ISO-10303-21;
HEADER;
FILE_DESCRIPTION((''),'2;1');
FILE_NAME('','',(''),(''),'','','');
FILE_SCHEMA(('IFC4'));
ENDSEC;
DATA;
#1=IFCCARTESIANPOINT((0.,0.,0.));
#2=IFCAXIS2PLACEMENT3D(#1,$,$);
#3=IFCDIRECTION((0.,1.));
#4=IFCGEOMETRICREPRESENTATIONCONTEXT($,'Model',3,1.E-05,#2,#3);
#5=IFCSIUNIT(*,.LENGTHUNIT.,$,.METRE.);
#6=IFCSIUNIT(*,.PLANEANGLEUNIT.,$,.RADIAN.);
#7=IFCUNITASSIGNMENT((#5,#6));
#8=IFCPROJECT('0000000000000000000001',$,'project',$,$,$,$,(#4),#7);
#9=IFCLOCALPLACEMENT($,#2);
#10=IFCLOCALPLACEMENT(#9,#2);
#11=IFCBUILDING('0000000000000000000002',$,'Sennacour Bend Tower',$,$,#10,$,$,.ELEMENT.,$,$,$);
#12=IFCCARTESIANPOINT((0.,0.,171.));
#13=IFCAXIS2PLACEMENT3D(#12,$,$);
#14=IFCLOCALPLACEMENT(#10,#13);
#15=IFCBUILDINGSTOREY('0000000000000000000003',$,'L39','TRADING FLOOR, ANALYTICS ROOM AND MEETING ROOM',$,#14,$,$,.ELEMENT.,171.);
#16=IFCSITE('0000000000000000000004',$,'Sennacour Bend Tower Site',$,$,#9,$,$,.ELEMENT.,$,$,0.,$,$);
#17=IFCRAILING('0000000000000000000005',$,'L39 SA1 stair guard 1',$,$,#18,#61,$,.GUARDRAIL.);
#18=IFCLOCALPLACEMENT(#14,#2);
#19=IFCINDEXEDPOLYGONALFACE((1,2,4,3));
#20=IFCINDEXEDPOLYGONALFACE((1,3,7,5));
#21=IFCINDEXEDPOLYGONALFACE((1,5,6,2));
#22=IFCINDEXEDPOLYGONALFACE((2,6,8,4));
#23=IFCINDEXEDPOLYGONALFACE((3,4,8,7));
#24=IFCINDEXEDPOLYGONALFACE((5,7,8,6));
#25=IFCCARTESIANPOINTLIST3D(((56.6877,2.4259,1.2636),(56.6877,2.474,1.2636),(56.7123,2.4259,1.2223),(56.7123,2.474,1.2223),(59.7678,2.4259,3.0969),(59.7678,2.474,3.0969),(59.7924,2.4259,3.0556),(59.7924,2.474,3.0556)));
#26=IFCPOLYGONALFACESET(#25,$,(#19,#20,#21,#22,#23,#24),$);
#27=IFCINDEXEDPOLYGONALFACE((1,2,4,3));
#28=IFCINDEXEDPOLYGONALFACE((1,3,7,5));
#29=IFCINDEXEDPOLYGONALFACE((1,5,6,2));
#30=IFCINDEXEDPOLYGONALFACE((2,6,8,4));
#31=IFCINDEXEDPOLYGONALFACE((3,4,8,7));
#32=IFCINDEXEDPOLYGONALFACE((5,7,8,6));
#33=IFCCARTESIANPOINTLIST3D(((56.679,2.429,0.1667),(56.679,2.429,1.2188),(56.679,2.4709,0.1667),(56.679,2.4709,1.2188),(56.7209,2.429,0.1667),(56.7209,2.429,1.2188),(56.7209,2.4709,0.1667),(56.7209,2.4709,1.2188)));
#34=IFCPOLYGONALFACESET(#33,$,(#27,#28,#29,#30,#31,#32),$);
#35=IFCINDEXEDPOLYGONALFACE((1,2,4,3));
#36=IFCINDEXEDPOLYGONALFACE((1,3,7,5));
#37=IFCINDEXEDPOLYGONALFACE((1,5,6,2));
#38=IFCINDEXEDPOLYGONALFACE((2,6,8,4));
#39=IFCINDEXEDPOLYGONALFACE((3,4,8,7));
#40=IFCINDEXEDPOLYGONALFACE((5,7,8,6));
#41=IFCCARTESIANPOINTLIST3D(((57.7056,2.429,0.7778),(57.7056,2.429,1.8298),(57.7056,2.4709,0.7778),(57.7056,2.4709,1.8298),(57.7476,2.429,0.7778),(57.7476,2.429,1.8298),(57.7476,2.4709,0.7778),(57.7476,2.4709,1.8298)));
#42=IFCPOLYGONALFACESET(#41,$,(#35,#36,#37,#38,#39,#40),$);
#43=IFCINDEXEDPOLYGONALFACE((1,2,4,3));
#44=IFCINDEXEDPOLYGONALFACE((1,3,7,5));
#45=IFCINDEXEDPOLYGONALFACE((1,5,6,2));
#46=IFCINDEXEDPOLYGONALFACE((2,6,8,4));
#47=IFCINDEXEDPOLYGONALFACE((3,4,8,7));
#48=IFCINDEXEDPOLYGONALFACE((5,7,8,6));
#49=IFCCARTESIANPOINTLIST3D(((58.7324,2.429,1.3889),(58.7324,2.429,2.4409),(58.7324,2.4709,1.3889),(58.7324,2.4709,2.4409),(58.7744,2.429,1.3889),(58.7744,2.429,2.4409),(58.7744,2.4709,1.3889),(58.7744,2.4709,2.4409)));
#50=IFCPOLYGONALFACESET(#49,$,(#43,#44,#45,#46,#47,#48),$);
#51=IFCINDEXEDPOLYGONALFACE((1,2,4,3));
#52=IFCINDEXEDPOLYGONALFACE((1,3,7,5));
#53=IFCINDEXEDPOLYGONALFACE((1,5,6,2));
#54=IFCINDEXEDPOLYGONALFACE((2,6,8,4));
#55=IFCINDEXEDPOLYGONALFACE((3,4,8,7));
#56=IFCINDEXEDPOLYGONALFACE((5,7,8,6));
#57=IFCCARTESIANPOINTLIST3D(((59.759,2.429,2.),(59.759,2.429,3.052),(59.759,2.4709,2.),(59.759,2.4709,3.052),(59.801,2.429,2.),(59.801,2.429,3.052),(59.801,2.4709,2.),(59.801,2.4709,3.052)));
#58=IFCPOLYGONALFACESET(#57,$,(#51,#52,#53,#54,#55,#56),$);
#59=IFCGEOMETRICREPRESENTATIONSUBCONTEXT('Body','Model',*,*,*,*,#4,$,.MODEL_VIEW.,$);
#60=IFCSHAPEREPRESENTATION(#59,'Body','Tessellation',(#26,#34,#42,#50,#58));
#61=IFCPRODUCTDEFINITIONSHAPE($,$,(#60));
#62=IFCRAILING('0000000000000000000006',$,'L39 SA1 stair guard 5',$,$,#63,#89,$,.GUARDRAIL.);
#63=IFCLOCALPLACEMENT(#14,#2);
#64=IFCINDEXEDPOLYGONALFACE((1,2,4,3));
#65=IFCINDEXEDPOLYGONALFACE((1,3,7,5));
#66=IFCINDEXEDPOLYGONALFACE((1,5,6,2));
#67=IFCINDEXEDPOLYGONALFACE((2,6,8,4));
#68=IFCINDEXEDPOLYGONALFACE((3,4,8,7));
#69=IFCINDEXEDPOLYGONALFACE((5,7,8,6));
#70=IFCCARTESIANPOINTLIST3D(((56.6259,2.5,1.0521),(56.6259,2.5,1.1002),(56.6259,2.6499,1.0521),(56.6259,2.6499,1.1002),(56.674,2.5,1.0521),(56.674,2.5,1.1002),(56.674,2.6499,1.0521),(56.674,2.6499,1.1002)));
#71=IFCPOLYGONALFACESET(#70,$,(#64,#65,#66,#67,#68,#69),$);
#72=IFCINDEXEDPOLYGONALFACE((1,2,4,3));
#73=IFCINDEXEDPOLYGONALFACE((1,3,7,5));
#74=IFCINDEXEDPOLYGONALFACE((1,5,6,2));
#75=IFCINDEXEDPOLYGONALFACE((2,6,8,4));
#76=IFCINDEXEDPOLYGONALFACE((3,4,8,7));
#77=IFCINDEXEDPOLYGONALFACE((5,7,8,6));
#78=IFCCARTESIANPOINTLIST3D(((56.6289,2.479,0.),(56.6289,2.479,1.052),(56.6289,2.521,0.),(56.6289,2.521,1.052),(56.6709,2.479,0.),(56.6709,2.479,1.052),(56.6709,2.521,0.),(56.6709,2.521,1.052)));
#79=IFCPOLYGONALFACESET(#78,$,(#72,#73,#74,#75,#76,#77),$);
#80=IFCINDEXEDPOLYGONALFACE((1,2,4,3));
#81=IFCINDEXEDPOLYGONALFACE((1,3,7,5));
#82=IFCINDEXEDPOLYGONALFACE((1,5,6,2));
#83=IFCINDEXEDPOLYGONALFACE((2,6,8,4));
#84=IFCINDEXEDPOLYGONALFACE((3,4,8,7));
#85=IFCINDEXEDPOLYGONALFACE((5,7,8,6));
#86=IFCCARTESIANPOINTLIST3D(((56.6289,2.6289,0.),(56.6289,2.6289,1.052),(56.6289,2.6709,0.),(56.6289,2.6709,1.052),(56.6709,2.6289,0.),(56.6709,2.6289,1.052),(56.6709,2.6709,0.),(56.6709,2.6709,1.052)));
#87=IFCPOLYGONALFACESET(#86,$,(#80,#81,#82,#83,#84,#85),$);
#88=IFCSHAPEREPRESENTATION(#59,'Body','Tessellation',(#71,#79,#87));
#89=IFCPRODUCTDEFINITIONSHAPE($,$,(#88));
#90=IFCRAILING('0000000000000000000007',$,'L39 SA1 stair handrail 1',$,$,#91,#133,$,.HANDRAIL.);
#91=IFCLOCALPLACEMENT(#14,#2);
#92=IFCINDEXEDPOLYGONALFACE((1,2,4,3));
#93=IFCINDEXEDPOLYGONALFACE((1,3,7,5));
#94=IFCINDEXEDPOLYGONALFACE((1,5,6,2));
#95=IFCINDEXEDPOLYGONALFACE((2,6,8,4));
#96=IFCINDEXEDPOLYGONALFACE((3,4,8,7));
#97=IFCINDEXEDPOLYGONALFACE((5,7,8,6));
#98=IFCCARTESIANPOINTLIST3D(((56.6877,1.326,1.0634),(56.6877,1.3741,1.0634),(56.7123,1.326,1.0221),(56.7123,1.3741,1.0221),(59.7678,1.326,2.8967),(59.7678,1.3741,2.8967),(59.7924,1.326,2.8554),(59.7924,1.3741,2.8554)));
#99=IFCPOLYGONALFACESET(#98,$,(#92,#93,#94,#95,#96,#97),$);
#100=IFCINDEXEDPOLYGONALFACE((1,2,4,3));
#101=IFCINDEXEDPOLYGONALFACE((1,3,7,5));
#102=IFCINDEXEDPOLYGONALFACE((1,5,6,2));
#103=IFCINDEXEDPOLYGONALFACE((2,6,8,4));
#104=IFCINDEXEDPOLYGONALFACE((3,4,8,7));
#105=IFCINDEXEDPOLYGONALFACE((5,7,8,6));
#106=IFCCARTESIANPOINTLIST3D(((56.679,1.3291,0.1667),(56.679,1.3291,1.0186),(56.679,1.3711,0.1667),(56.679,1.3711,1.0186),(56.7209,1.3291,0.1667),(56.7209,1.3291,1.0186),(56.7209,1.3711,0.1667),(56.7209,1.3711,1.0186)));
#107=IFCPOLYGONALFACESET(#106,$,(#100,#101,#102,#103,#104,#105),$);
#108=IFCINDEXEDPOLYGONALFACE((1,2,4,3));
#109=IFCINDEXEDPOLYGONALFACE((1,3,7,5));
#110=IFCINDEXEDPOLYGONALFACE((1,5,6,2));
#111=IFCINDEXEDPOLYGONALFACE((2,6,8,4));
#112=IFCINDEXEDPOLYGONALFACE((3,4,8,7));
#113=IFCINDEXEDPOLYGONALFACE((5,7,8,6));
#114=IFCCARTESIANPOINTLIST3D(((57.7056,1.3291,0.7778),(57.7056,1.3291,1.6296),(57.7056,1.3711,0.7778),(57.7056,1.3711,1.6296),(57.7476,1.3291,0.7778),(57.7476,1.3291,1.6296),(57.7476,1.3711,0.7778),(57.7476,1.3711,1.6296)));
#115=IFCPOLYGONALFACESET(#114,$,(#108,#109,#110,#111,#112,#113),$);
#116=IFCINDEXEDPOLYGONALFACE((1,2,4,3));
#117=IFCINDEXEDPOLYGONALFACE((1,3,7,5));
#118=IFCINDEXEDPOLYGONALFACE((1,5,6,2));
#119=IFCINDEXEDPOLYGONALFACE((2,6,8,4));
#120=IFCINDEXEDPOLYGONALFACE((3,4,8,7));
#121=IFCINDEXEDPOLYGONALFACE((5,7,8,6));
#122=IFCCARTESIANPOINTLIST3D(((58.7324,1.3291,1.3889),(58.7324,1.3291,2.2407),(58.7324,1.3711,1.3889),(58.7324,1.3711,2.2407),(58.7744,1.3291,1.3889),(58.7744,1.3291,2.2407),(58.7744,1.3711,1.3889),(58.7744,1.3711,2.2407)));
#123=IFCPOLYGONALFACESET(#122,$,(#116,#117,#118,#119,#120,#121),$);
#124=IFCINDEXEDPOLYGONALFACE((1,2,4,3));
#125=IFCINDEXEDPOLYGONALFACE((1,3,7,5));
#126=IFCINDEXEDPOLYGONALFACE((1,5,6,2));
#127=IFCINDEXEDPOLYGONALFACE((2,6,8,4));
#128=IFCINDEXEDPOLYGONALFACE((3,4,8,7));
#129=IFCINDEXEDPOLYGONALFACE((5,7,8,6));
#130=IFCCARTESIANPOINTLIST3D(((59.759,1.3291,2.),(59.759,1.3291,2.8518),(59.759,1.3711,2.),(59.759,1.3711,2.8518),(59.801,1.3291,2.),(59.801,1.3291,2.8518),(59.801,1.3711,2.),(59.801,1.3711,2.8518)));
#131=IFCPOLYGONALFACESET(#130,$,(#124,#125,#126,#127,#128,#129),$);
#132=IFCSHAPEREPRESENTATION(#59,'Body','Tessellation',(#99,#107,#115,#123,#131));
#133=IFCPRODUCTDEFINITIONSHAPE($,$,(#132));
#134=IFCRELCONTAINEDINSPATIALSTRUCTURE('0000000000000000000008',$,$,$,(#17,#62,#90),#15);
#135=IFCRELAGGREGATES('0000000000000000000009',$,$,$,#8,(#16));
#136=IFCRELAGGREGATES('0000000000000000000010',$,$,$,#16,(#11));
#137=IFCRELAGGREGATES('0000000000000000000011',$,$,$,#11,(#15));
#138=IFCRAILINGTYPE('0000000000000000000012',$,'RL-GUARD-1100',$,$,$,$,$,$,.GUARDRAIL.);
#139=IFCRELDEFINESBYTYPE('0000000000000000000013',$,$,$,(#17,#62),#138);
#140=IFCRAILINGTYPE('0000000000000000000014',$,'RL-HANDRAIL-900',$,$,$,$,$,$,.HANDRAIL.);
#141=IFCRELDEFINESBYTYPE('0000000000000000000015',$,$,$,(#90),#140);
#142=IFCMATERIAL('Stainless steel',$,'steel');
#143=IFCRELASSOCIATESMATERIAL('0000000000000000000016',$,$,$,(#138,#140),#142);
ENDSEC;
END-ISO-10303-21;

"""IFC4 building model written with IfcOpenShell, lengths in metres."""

from ifc_helpers import new_model, si_unit, direction, frame, origin, origin_2d, place, context, subcontext, project, spatial, rectangle, extrude, material, type_object, element, save


model = new_model("IFC4")

# Units and contexts
model_context = context("Model", 3, precision=1e-05, world=origin(), true_north=direction((0.0, 1.0)))
body_context = subcontext(model_context, "Body", "Model", "MODEL_VIEW")
ifc_project = project(units=[si_unit("LENGTHUNIT", "METRE"), si_unit("PLANEANGLEUNIT", "RADIAN")], contexts=[model_context])

# Site, building, storey
site_placement = place(None, origin())
site = spatial("IfcSite", under=ifc_project, at=site_placement, Name="Sennacour Bend Tower Site", CompositionType="ELEMENT", RefElevation=0.0)
building_placement = place(site_placement, origin())
building = spatial("IfcBuilding", under=site, at=building_placement, Name="Sennacour Bend Tower", CompositionType="ELEMENT")
storey_placement = place(building_placement, frame((0.0, 0.0, 171.0)))
storey = spatial("IfcBuildingStorey", under=building, at=storey_placement, Name="L39", Description="TRADING FLOOR, ANALYTICS ROOM AND MEETING ROOM", CompositionType="ELEMENT", Elevation=171.0)

# Shared definitions
ifc_material_1 = material(Name="Stainless steel", Category="steel")

# Railings
railing_type_1 = type_object("IfcRailingType", Name="RL-GUARD-1100", PredefinedType="GUARDRAIL", material=ifc_material_1)
railing_1_placement = place(storey_placement, frame((56.7, 2.45, 0.1667)))
element("IfcRailing", 1, at=railing_1_placement, inside=storey, type_object=railing_type_1, Name="L39 SA1 stair guard 1", PredefinedType="GUARDRAIL", context=body_context, shape_type="SweptSolid", body=[
    extrude(rectangle(XDim=0.0481, YDim=0.0481, at=origin_2d()), frame((0.0, 0.0, 1.0762), z_axis=(0.859309, 0.0, 0.511458), x_axis=(0.0, 1.0, 0.0)), (0.0, 0.0, 1.0), 3.5845),
    extrude(rectangle(XDim=0.042, YDim=0.042, at=origin_2d()), origin(), (0.0, 0.0, 1.0), 1.052),
    extrude(rectangle(XDim=0.042, YDim=0.042, at=origin_2d()), frame((1.0266, 0.0, 0.6111)), (0.0, 0.0, 1.0), 1.052),
    extrude(rectangle(XDim=0.042, YDim=0.042, at=origin_2d()), frame((2.0535, 0.0, 1.2222)), (0.0, 0.0, 1.0), 1.052),
    extrude(rectangle(XDim=0.042, YDim=0.042, at=origin_2d()), frame((3.0801, 0.0, 1.8333)), (0.0, 0.0, 1.0), 1.052),
])
railing_2_placement = place(storey_placement, frame((56.6499, 2.5, 0.0)))
element("IfcRailing", 2, at=railing_2_placement, inside=storey, type_object=railing_type_1, Name="L39 SA1 stair guard 5", PredefinedType="GUARDRAIL", context=body_context, shape_type="SweptSolid", body=[
    extrude(rectangle(XDim=0.0481, YDim=0.0481, at=origin_2d()), frame((0.0, 0.0, 1.0762), z_axis=(0.0, 1.0, 0.0), x_axis=(-1.0, 0.0, 0.0)), (0.0, 0.0, 1.0), 0.1499),
    extrude(rectangle(XDim=0.042, YDim=0.042, at=origin_2d()), origin(), (0.0, 0.0, 1.0), 1.052),
    extrude(rectangle(XDim=0.042, YDim=0.042, at=origin_2d()), frame((0.0, 0.1499, 0.0)), (0.0, 0.0, 1.0), 1.052),
])
railing_type_2 = type_object("IfcRailingType", Name="RL-HANDRAIL-900", PredefinedType="HANDRAIL", material=ifc_material_1)
railing_3_placement = place(storey_placement, frame((56.7, 1.3501, 0.1667)))
element("IfcRailing", 3, at=railing_3_placement, inside=storey, type_object=railing_type_2, Name="L39 SA1 stair handrail 1", PredefinedType="HANDRAIL", context=body_context, shape_type="SweptSolid", body=[
    extrude(rectangle(XDim=0.0481, YDim=0.0481, at=origin_2d()), frame((0.0, 0.0, 0.876), z_axis=(0.859309, 0.0, 0.511458), x_axis=(0.0, 1.0, 0.0)), (0.0, 0.0, 1.0), 3.5845),
    extrude(rectangle(XDim=0.042, YDim=0.042, at=origin_2d()), origin(), (0.0, 0.0, 1.0), 0.8518),
    extrude(rectangle(XDim=0.042, YDim=0.042, at=origin_2d()), frame((1.0266, 0.0, 0.6111)), (0.0, 0.0, 1.0), 0.8518),
    extrude(rectangle(XDim=0.042, YDim=0.042, at=origin_2d()), frame((2.0535, 0.0, 1.2222)), (0.0, 0.0, 1.0), 0.8518),
    extrude(rectangle(XDim=0.042, YDim=0.042, at=origin_2d()), frame((3.0801, 0.0, 1.8333)), (0.0, 0.0, 1.0), 0.8518),
])

save(model, "model.ifc")
